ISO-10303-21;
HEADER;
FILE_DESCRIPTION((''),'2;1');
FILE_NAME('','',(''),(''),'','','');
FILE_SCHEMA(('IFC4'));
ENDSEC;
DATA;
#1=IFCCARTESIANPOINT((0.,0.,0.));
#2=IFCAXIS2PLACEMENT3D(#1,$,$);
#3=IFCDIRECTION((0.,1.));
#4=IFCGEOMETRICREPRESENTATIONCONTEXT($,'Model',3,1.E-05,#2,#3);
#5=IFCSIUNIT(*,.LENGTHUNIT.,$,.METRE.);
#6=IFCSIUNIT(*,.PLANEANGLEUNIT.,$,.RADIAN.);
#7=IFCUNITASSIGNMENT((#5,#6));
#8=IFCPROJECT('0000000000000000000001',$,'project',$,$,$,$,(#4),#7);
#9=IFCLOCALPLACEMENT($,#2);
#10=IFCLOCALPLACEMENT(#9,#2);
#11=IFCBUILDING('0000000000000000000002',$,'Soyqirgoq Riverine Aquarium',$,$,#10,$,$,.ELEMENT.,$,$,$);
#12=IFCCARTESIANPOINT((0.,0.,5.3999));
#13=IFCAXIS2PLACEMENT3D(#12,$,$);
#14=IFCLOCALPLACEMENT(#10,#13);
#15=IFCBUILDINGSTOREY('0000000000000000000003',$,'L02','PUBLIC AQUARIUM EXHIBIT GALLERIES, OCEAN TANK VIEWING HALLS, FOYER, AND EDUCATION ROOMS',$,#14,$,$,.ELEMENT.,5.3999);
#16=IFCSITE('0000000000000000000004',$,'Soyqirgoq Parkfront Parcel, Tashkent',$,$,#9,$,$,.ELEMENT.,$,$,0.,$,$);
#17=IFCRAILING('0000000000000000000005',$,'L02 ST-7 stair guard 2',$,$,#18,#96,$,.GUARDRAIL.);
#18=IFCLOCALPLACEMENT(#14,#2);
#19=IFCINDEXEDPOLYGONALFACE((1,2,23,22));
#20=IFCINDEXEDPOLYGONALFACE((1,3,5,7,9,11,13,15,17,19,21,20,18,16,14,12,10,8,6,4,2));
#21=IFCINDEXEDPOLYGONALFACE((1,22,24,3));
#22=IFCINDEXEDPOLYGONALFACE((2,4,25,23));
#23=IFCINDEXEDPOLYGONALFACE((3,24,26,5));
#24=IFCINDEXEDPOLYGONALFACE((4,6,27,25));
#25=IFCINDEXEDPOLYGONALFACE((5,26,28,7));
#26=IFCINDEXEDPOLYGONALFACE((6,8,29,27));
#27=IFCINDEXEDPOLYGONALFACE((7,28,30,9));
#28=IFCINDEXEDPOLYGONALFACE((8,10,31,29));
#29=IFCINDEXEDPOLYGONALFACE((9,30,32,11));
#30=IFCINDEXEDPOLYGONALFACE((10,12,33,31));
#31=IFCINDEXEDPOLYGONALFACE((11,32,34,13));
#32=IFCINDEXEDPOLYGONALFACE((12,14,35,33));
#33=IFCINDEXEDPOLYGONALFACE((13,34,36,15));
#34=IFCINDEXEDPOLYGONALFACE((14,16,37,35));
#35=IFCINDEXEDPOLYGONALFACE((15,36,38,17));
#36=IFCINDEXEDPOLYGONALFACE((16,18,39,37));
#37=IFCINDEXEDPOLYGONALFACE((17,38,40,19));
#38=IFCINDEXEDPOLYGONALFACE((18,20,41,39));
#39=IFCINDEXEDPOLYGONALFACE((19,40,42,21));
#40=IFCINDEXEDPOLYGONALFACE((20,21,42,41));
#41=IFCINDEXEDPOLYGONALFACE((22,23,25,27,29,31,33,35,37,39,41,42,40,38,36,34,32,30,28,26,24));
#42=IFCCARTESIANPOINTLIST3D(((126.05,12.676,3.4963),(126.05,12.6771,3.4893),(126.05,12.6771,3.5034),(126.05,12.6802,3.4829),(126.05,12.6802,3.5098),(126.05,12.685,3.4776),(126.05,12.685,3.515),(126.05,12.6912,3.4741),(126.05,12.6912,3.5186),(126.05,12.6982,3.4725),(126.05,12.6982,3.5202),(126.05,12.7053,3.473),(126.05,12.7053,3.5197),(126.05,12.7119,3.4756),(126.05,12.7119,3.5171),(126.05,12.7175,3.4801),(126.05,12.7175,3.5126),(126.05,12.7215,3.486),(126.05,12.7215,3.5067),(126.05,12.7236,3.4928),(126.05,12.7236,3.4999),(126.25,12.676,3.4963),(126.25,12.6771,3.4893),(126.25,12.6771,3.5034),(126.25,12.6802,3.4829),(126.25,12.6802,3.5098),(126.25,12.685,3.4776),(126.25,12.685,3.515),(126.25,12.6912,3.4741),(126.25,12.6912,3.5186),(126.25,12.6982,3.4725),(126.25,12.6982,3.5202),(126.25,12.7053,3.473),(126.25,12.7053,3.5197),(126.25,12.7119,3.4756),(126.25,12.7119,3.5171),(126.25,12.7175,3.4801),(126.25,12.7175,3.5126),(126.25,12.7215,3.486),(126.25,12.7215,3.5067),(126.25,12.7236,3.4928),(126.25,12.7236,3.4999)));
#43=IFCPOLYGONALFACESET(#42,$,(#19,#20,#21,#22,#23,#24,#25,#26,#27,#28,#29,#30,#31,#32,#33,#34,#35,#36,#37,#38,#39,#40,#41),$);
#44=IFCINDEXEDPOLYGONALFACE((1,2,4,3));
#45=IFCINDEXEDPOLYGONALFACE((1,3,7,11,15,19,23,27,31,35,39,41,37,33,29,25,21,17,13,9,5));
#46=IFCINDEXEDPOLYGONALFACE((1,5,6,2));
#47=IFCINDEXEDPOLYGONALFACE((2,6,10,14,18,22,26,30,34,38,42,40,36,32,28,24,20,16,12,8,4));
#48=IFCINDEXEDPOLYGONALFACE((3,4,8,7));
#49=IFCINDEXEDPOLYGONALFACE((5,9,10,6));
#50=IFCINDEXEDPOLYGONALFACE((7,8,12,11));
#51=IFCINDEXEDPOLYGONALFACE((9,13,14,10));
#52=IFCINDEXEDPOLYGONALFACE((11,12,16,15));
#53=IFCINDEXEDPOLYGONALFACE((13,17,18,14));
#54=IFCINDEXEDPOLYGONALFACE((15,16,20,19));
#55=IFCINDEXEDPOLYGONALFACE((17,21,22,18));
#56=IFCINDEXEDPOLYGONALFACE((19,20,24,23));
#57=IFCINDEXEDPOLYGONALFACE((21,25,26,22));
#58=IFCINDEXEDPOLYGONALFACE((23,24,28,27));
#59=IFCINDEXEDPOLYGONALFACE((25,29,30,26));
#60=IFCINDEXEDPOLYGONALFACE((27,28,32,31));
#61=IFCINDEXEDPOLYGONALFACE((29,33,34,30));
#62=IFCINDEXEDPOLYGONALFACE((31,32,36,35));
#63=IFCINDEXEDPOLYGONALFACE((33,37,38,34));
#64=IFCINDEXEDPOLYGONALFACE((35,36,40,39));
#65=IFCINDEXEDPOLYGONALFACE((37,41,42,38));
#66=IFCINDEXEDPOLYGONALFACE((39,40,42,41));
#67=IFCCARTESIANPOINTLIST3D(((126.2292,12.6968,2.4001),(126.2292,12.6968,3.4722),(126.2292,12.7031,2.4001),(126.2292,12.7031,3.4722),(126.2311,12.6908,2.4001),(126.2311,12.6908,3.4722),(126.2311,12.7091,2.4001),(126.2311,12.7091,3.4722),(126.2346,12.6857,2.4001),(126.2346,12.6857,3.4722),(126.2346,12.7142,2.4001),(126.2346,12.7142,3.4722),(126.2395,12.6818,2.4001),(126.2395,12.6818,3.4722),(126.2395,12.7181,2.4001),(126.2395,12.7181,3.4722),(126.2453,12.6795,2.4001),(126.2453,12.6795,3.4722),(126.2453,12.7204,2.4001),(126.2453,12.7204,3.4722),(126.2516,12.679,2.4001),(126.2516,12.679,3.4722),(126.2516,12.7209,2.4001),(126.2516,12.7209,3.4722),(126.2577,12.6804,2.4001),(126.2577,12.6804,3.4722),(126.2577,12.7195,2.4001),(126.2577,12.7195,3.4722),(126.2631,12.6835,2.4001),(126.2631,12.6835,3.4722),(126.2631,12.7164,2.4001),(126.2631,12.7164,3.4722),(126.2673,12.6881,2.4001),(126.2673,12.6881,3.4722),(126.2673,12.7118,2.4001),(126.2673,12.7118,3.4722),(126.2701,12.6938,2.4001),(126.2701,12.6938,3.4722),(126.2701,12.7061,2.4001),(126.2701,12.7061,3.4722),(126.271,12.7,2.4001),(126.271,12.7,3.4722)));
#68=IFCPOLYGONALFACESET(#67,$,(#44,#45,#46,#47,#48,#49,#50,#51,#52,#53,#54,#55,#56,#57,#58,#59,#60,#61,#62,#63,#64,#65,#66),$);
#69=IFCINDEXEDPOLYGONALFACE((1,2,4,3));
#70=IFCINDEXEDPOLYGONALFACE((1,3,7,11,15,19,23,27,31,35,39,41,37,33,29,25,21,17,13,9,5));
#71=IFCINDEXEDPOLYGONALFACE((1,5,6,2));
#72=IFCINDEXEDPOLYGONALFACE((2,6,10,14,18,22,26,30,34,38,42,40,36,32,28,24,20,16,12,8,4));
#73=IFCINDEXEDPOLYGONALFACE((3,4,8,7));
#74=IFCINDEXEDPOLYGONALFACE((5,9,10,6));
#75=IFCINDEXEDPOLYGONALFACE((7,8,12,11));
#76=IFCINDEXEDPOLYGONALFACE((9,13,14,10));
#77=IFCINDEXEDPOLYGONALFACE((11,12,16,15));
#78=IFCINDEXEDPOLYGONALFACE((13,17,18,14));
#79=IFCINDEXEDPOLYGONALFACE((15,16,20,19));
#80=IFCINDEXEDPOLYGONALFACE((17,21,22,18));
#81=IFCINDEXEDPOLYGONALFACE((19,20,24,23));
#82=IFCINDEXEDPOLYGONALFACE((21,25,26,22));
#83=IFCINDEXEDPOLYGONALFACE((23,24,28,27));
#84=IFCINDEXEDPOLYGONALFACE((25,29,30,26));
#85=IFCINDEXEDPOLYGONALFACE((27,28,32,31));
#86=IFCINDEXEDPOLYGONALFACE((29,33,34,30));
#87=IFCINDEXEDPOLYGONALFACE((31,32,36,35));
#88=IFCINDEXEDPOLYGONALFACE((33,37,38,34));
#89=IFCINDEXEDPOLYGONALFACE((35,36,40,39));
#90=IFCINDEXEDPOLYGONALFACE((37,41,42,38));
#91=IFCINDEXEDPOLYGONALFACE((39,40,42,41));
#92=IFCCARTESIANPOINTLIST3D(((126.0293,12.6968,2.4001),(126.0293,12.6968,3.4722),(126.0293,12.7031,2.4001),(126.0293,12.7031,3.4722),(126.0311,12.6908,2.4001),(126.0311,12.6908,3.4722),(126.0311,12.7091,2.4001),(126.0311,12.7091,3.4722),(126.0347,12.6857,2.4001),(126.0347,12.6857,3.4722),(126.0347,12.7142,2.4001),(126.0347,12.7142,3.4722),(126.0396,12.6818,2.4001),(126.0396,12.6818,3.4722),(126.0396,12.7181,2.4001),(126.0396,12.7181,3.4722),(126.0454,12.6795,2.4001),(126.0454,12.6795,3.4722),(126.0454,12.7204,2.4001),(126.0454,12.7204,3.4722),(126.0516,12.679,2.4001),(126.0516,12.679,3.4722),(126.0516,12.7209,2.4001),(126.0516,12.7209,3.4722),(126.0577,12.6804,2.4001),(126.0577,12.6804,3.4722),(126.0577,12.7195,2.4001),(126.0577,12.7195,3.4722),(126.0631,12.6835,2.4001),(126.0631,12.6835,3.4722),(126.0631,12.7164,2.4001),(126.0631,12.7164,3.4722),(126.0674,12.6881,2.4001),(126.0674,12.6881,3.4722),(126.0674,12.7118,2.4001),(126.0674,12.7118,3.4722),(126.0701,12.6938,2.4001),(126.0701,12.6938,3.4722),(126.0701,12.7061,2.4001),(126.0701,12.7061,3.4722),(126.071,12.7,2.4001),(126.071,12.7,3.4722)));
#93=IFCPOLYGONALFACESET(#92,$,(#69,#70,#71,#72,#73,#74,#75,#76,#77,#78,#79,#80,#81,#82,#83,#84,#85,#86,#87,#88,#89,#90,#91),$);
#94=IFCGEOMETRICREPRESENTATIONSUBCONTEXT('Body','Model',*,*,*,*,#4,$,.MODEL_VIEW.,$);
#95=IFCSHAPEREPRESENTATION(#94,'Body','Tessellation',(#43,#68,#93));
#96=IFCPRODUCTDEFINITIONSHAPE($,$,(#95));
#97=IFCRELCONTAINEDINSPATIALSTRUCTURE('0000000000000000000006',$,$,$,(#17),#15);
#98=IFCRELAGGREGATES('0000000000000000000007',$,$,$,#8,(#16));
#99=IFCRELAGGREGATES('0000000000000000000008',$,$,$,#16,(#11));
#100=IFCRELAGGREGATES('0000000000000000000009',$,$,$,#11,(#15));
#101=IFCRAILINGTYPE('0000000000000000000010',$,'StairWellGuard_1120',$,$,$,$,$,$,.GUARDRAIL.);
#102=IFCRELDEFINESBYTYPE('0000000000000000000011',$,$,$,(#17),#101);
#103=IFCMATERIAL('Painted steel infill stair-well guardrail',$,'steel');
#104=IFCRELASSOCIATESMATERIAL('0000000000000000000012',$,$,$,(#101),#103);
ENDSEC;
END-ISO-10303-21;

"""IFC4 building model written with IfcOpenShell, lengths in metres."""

from ifc_helpers import new_model, si_unit, direction, frame, origin, origin_2d, place, context, subcontext, project, spatial, circle, extrude, material, type_object, element, save


model = new_model("IFC4")

# Units and contexts
model_context = context("Model", 3, precision=1e-05, world=origin(), true_north=direction((0.0, 1.0)))
body_context = subcontext(model_context, "Body", "Model", "MODEL_VIEW")
ifc_project = project(units=[si_unit("LENGTHUNIT", "METRE"), si_unit("PLANEANGLEUNIT", "RADIAN")], contexts=[model_context])

# Site, building, storey
site_placement = place(None, origin())
site = spatial("IfcSite", under=ifc_project, at=site_placement, Name="Soyqirgoq Parkfront Parcel, Tashkent", CompositionType="ELEMENT", RefElevation=0.0)
building_placement = place(site_placement, origin())
building = spatial("IfcBuilding", under=site, at=building_placement, Name="Soyqirgoq Riverine Aquarium", CompositionType="ELEMENT")
storey_placement = place(building_placement, frame((0.0, 0.0, 5.3999)))
storey = spatial("IfcBuildingStorey", under=building, at=storey_placement, Name="L02", Description="PUBLIC AQUARIUM EXHIBIT GALLERIES, OCEAN TANK VIEWING HALLS, FOYER, AND EDUCATION ROOMS", CompositionType="ELEMENT", Elevation=5.3999)

# Railing
ifc_material_1 = material(Name="Painted steel infill stair-well guardrail", Category="steel")
railing_type_1 = type_object("IfcRailingType", Name="StairWellGuard_1120", PredefinedType="GUARDRAIL", material=ifc_material_1)
railing_1_placement = place(storey_placement, frame((126.25, 12.7, 2.4001)))
element("IfcRailing", 1, at=railing_1_placement, inside=storey, type_object=railing_type_1, Name="L02 ST-7 stair guard 2", PredefinedType="GUARDRAIL", context=body_context, shape_type="SweptSolid", body=[
    extrude(circle(Radius=0.0239, at=origin_2d()), frame((0.0, 0.0, 1.0962), z_axis=(-1.0, 0.0, 0.0), x_axis=(0.0, -1.0, 0.0)), (0.0, 0.0, 1.0), 0.2),
    extrude(circle(Radius=0.021, at=origin_2d()), origin(), (0.0, 0.0, 1.0), 1.072),
    extrude(circle(Radius=0.021, at=origin_2d()), frame((-0.2, 0.0, 0.0)), (0.0, 0.0, 1.0), 1.072),
])

save(model, "model.ifc")
